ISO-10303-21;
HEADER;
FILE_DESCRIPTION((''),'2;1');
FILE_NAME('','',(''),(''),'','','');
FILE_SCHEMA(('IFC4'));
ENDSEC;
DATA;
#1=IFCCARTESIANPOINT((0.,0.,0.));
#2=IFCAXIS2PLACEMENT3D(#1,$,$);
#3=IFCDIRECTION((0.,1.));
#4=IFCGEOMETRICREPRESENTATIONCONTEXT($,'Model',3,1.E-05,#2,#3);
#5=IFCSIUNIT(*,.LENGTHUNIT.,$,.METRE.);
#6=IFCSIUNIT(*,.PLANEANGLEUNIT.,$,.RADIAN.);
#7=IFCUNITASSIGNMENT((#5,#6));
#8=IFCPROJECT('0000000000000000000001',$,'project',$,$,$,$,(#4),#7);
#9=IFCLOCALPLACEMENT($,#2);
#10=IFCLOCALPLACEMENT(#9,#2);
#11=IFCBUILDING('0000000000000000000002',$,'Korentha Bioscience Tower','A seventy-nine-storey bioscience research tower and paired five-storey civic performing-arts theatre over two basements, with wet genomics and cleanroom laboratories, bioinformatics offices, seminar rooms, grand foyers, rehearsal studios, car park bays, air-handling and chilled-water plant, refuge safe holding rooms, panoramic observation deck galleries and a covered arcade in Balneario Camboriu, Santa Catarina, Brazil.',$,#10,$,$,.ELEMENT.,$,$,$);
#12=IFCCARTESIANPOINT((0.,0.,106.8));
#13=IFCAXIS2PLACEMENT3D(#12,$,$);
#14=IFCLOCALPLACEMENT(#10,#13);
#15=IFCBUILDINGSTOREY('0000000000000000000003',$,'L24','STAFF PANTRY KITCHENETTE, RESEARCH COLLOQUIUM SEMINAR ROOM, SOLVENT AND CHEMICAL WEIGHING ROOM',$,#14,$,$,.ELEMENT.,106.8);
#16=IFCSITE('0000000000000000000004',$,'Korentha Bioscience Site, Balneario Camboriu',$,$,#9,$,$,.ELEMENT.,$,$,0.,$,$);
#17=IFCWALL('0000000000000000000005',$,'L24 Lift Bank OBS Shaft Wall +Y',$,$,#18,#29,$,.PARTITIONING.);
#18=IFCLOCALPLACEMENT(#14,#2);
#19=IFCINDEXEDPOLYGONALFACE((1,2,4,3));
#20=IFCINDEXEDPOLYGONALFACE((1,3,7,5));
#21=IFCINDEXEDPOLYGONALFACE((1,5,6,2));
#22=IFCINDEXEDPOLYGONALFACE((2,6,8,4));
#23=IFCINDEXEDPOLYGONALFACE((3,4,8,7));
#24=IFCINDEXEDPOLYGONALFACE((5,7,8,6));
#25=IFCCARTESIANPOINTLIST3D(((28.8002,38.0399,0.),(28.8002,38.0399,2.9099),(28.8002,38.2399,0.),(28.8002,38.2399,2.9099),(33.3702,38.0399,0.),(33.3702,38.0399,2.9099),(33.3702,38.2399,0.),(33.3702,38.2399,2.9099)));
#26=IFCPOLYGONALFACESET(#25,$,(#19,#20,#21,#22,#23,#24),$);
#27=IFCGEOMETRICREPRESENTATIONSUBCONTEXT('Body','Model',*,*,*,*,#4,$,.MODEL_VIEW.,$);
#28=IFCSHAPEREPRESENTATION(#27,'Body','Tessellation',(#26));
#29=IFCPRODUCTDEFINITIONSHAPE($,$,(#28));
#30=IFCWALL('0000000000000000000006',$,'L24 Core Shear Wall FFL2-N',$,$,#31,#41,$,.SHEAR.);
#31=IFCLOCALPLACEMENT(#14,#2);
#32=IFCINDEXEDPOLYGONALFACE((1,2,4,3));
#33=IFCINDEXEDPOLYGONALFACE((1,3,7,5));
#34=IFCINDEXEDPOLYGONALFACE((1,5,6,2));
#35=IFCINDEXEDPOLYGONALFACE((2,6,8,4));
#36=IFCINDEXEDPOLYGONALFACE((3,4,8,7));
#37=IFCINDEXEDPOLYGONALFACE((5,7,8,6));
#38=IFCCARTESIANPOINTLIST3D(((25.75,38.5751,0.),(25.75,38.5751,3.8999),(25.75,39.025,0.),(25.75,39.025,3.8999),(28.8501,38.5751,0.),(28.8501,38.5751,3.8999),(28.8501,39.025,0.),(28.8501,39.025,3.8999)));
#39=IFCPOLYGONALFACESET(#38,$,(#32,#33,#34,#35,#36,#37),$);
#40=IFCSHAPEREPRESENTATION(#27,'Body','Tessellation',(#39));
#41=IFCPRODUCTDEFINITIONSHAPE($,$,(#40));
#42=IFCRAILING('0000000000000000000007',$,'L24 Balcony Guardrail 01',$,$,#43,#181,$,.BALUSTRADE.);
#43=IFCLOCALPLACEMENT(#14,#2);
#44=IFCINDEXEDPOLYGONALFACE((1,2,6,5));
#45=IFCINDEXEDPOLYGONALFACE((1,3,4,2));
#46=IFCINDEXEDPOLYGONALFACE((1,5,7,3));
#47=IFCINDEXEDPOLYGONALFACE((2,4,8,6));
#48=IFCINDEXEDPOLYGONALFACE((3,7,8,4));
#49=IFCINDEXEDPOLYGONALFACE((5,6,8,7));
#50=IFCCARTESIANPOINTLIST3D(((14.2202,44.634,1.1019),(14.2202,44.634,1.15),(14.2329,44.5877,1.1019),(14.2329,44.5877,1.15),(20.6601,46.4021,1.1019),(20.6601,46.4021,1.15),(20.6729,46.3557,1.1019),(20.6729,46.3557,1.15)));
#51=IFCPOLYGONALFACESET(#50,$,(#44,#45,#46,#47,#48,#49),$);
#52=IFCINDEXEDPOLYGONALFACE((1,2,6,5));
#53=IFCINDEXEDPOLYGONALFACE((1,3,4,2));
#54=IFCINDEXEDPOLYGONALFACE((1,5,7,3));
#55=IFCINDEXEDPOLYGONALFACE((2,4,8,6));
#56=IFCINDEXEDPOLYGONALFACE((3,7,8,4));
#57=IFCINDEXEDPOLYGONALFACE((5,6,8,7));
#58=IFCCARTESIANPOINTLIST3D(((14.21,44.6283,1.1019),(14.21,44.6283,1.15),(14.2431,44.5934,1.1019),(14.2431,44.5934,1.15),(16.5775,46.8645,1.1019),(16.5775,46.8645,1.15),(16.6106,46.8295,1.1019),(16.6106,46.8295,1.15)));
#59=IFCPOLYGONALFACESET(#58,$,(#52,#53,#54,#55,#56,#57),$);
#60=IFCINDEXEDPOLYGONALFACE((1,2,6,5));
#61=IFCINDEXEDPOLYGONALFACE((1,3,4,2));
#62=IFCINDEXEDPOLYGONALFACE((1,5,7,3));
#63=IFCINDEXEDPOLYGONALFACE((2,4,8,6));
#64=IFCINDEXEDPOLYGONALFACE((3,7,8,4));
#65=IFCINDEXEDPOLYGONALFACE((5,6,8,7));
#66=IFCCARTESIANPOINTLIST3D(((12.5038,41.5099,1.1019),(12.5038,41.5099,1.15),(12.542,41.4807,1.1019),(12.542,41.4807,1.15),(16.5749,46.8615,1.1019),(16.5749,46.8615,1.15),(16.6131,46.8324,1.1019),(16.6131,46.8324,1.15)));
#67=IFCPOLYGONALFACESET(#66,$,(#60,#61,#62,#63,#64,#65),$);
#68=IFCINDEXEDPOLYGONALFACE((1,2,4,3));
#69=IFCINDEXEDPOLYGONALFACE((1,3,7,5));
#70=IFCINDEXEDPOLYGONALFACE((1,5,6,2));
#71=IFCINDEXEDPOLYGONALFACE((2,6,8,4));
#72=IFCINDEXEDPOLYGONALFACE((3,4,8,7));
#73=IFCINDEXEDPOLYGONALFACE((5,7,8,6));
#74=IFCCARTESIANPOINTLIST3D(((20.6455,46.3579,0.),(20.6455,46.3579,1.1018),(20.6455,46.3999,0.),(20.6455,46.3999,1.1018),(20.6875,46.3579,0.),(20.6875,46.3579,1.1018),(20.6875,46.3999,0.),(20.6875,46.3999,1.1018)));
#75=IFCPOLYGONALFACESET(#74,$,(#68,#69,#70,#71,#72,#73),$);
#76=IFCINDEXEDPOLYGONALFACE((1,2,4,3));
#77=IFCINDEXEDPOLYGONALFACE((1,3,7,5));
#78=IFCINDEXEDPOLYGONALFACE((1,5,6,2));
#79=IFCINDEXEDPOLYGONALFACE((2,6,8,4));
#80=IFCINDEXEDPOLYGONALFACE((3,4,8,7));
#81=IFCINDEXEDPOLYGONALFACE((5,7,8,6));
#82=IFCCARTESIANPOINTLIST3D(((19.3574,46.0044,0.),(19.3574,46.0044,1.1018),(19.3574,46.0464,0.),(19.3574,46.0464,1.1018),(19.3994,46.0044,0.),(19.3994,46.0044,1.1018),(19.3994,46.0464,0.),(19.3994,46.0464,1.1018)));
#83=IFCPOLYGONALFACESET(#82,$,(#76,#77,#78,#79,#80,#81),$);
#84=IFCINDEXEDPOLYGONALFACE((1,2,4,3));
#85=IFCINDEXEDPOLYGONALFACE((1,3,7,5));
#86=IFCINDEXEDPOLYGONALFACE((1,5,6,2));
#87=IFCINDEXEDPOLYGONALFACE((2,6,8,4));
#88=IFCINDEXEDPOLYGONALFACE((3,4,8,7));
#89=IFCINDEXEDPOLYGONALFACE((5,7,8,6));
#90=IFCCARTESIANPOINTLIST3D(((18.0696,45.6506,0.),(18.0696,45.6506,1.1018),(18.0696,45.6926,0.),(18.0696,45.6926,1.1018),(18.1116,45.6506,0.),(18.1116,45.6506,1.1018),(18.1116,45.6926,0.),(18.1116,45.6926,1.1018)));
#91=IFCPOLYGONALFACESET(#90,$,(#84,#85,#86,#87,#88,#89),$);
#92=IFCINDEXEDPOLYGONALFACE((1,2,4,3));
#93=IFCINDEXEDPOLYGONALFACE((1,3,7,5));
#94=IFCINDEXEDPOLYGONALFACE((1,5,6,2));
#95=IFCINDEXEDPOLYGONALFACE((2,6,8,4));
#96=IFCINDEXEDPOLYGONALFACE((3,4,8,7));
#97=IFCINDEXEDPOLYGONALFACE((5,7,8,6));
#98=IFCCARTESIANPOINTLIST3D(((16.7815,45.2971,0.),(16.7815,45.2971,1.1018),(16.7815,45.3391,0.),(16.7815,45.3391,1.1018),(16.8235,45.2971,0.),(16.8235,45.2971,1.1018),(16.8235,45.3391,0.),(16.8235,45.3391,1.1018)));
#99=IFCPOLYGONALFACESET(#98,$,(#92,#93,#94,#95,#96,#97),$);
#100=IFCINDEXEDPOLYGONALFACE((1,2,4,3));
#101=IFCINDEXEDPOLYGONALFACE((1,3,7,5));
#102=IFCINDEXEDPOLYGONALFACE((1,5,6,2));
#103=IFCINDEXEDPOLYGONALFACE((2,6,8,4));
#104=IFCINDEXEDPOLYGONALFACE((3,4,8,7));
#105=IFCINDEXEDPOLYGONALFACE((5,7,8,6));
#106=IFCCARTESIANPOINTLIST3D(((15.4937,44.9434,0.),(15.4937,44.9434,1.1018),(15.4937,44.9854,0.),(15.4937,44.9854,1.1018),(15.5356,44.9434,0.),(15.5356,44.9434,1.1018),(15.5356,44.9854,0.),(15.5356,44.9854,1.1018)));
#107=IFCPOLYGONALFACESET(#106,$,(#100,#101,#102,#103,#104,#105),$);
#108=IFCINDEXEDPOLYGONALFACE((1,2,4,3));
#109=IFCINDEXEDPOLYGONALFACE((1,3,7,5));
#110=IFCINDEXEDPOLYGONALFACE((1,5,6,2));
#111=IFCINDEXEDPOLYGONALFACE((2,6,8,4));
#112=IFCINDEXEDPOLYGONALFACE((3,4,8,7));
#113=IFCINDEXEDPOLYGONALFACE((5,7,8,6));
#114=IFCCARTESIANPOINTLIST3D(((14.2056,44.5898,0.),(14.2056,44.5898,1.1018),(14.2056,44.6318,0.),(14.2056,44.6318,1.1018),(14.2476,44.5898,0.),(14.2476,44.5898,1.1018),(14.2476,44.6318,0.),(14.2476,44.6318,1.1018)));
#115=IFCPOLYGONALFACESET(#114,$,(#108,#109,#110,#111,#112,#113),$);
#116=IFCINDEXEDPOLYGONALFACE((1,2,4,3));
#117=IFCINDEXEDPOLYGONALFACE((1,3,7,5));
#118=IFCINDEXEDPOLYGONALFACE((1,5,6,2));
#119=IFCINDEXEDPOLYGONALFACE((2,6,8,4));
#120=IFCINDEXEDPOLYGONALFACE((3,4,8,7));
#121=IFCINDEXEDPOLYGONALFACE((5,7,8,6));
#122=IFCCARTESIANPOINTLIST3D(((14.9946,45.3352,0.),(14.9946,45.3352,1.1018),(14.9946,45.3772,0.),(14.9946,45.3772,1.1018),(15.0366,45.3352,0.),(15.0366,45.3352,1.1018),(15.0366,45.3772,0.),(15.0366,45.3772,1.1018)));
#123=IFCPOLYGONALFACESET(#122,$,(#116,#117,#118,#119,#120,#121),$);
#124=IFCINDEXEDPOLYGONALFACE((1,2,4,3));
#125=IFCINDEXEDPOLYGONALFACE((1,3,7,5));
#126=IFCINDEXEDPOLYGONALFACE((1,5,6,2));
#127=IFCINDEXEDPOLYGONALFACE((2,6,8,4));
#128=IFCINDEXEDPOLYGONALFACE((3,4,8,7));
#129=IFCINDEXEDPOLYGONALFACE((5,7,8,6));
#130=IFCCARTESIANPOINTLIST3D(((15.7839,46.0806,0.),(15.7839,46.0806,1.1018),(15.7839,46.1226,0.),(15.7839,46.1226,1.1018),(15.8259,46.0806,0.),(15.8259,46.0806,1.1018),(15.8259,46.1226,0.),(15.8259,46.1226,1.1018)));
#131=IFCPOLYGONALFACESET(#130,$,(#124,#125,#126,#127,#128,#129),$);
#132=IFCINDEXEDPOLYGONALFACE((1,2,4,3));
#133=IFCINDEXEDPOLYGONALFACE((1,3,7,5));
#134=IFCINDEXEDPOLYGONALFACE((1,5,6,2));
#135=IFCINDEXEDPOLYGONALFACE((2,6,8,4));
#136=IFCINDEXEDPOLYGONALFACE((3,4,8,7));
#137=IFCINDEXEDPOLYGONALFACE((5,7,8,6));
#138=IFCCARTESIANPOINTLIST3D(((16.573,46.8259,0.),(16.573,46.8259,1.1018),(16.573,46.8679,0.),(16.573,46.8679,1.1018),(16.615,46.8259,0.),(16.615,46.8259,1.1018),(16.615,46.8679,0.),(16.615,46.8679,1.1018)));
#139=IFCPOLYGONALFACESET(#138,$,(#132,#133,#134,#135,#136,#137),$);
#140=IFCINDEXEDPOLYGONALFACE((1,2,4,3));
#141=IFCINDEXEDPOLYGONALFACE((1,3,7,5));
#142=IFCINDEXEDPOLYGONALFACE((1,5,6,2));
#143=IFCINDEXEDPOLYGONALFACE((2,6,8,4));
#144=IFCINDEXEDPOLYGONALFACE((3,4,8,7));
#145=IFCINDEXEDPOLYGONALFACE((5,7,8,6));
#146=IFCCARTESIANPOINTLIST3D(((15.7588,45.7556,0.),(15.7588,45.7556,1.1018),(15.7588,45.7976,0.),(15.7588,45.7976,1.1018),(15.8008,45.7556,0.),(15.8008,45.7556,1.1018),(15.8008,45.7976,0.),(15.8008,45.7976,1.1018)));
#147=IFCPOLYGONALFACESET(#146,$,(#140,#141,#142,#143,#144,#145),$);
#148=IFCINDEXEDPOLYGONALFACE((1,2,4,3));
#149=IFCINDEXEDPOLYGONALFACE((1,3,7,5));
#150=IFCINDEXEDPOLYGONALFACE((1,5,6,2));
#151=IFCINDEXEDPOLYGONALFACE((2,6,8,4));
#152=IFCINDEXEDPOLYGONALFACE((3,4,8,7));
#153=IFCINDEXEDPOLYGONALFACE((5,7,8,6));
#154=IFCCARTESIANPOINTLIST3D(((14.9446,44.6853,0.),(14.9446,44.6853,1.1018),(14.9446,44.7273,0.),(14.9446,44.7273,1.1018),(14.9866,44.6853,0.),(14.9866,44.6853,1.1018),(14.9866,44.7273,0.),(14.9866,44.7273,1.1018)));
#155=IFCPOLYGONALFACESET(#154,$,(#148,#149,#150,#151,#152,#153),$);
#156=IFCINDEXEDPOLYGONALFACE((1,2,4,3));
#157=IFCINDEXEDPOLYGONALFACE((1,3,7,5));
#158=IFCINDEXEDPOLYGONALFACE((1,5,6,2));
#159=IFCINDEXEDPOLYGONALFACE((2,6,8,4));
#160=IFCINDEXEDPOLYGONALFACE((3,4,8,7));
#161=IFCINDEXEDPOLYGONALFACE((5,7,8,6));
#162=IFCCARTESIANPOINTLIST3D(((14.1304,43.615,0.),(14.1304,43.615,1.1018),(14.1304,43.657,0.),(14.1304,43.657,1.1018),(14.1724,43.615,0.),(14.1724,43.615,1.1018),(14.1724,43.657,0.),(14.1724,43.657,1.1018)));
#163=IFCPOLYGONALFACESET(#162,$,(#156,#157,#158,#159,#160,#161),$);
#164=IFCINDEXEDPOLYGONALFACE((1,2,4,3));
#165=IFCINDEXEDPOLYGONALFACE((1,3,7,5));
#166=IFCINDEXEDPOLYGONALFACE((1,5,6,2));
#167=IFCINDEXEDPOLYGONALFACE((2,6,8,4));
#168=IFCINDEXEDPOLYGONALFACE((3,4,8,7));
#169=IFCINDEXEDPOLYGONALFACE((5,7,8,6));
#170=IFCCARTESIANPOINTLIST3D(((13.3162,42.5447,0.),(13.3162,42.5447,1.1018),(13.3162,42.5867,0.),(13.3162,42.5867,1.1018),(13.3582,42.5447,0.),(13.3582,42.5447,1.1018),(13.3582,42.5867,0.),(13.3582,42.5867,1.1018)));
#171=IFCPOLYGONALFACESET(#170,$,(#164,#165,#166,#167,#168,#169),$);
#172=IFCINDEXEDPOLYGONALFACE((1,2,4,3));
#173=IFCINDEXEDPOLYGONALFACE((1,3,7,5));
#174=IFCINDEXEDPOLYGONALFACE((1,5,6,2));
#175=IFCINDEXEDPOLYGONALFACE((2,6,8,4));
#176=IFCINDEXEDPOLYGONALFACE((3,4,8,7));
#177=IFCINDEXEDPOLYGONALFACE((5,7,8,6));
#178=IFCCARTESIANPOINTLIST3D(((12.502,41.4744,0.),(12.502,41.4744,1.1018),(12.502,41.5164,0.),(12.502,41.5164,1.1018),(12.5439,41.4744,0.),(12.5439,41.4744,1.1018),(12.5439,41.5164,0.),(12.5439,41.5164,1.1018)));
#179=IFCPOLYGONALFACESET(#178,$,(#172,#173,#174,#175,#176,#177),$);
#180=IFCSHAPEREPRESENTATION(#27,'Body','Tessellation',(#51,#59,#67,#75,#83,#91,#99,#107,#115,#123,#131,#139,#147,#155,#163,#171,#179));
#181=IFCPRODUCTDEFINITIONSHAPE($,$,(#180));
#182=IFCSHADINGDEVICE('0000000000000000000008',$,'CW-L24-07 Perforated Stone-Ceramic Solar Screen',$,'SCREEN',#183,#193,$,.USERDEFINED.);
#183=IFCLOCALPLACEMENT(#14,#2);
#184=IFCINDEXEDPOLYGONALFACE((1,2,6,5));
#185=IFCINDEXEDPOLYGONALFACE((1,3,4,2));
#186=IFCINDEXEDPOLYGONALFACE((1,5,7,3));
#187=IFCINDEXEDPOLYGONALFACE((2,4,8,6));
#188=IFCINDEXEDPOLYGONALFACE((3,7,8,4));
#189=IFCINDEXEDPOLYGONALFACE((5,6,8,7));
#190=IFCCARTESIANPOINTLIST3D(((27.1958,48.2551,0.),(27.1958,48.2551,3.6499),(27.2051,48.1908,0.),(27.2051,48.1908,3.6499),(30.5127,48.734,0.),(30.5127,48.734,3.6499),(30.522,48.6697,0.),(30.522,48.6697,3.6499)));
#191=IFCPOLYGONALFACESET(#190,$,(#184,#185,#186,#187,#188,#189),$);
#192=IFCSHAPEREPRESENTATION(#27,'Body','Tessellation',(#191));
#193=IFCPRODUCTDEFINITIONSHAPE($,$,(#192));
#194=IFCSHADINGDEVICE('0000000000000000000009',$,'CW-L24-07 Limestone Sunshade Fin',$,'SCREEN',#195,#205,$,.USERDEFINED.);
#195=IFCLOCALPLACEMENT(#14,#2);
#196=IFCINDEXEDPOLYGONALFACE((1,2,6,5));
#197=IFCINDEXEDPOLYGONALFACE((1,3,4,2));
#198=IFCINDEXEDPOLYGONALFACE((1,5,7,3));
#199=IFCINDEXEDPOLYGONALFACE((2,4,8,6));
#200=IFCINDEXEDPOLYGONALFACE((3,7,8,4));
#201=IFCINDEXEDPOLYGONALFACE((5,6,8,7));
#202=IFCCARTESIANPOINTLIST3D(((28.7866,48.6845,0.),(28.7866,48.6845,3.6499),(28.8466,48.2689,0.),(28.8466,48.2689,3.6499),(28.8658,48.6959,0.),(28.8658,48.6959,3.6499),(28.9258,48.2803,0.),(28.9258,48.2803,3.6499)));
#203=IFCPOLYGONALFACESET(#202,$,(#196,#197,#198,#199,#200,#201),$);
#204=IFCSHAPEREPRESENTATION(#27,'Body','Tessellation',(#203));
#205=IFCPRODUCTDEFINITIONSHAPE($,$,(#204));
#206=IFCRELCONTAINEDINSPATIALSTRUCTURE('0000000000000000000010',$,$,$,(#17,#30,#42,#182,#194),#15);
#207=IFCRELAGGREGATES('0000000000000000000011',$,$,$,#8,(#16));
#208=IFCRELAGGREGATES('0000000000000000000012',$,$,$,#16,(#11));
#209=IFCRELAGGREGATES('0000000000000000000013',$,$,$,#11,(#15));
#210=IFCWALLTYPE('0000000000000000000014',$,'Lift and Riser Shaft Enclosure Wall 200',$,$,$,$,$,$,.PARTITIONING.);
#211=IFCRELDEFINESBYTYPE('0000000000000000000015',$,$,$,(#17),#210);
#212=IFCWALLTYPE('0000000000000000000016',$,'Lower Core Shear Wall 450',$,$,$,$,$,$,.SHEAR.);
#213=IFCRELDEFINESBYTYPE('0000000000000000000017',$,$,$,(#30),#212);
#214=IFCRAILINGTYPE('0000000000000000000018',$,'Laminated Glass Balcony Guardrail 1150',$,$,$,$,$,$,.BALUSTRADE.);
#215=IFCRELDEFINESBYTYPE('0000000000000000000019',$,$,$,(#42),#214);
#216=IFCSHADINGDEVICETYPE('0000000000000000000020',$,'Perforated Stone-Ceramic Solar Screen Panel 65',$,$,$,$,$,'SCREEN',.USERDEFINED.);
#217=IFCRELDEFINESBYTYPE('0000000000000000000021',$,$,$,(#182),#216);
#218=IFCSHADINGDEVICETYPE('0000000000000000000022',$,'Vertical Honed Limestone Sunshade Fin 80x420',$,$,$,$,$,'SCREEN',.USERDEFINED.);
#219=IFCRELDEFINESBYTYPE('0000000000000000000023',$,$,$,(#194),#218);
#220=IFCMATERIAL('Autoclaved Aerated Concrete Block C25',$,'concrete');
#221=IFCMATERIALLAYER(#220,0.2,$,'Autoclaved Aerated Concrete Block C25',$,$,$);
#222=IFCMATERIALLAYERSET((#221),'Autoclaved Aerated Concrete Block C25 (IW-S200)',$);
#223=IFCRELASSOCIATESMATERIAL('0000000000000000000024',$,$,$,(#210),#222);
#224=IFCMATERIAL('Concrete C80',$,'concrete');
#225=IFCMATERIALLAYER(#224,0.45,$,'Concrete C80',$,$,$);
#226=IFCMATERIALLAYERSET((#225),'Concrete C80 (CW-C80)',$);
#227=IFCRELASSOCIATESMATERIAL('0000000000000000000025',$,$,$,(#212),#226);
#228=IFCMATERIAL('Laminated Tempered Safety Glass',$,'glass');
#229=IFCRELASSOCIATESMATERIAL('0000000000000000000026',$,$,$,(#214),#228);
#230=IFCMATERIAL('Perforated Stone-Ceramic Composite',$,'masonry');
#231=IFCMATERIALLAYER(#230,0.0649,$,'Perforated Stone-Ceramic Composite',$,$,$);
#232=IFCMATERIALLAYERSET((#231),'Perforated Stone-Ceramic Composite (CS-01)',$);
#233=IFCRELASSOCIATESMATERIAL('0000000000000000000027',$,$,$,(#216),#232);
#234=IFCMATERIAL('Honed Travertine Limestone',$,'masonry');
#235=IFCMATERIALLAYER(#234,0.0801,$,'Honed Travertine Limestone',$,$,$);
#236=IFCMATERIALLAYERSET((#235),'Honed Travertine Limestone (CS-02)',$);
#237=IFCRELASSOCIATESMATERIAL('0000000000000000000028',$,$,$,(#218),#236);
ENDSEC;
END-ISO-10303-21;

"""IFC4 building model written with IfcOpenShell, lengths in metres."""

from ifc_helpers import new_model, si_unit, direction, frame, frame_2d, origin, origin_2d, place, context, subcontext, project, spatial, rectangle, extrude, material, layer, layer_set, type_object, element, save


model = new_model("IFC4")

# Units and contexts
model_context = context("Model", 3, precision=1e-05, world=origin(), true_north=direction((0.0, 1.0)))
body_context = subcontext(model_context, "Body", "Model", "MODEL_VIEW")
ifc_project = project(units=[si_unit("LENGTHUNIT", "METRE"), si_unit("PLANEANGLEUNIT", "RADIAN")], contexts=[model_context])

# Site, building, storey
site_placement = place(None, origin())
site = spatial("IfcSite", under=ifc_project, at=site_placement, Name="Korentha Bioscience Site, Balneario Camboriu", CompositionType="ELEMENT", RefElevation=0.0)
building_placement = place(site_placement, origin())
building = spatial("IfcBuilding", under=site, at=building_placement, Name="Korentha Bioscience Tower", Description="A seventy-nine-storey bioscience research tower and paired five-storey civic performing-arts theatre over two basements, with wet genomics and cleanroom laboratories, bioinformatics offices, seminar rooms, grand foyers, rehearsal studios, car park bays, air-handling and chilled-water plant, refuge safe holding rooms, panoramic observation deck galleries and a covered arcade in Balneario Camboriu, Santa Catarina, Brazil.", CompositionType="ELEMENT")
storey_placement = place(building_placement, frame((0.0, 0.0, 106.8)))
storey = spatial("IfcBuildingStorey", under=building, at=storey_placement, Name="L24", Description="STAFF PANTRY KITCHENETTE, RESEARCH COLLOQUIUM SEMINAR ROOM, SOLVENT AND CHEMICAL WEIGHING ROOM", CompositionType="ELEMENT", Elevation=106.8)

# Shared definitions
ifc_material_1 = material(Name="Concrete C80", Category="concrete")

# Walls
ifc_material_2 = material(Name="Autoclaved Aerated Concrete Block C25", Category="concrete")
ifc_layer_1 = layer(ifc_material_2, 0.2, Name="Autoclaved Aerated Concrete Block C25")
ifc_layer_set_1 = layer_set([ifc_layer_1], Name="Autoclaved Aerated Concrete Block C25 (IW-S200)")
wall_type_1 = type_object("IfcWallType", Name="Lift and Riser Shaft Enclosure Wall 200", PredefinedType="PARTITIONING", material=ifc_layer_set_1)
wall_1_placement = place(storey_placement, frame((28.8, 38.1399, 0.0), z_axis=(0.0, 0.0, 1.0), x_axis=(1.0, 0.0, 0.0)))
element("IfcWall", 1, at=wall_1_placement, inside=storey, type_object=wall_type_1, Name="L24 Lift Bank OBS Shaft Wall +Y", PredefinedType="PARTITIONING", context=body_context, shape_type="SweptSolid", body=[
    extrude(rectangle(XDim=4.5701, YDim=0.2, at=frame_2d((2.2852, 0.0))), origin(), (0.0, 0.0, 1.0), 2.9099),
])
ifc_layer_2 = layer(ifc_material_1, 0.45, Name="Concrete C80")
ifc_layer_set_2 = layer_set([ifc_layer_2], Name="Concrete C80 (CW-C80)")
wall_type_2 = type_object("IfcWallType", Name="Lower Core Shear Wall 450", PredefinedType="SHEAR", material=ifc_layer_set_2)
wall_2_placement = place(storey_placement, frame((25.75, 38.8, 0.0), z_axis=(0.0, 0.0, 1.0), x_axis=(1.0, 0.0, 0.0)))
element("IfcWall", 2, at=wall_2_placement, inside=storey, type_object=wall_type_2, Name="L24 Core Shear Wall FFL2-N", PredefinedType="SHEAR", context=body_context, shape_type="SweptSolid", body=[
    extrude(rectangle(XDim=3.1001, YDim=0.45, at=frame_2d((1.55, 0.0))), origin(), (0.0, 0.0, 1.0), 3.8999),
])

# Railing
ifc_material_3 = material(Name="Laminated Tempered Safety Glass", Category="glass")
railing_type = type_object("IfcRailingType", Name="Laminated Glass Balcony Guardrail 1150", PredefinedType="BALUSTRADE", material=ifc_material_3)
railing_placement = place(storey_placement, frame((20.6665, 46.3789, 0.0)))
element("IfcRailing", 3, at=railing_placement, inside=storey, type_object=railing_type, Name="L24 Balcony Guardrail 01", PredefinedType="BALUSTRADE", context=body_context, shape_type="SweptSolid", body=[
    extrude(rectangle(XDim=0.0481, YDim=0.0481, at=origin_2d()), frame((0.0, 0.0, 1.126), z_axis=(-0.964317, -0.26475, 0.0), x_axis=(0.26475, -0.964317, 0.0)), (0.0, 0.0, 1.0), 6.6782),
    extrude(rectangle(XDim=0.0481, YDim=0.0481, at=origin_2d()), frame((-6.4399, -1.7681, 1.126), z_axis=(0.726986, 0.686652, 0.0), x_axis=(-0.686652, 0.726986, 0.0)), (0.0, 0.0, 1.0), 3.2566),
    extrude(rectangle(XDim=0.0481, YDim=0.0481, at=origin_2d()), frame((-4.0725, 0.468, 1.126), z_axis=(-0.605447, -0.795886, 0.0), x_axis=(0.795886, -0.605447, 0.0)), (0.0, 0.0, 1.0), 6.7241),
    extrude(rectangle(XDim=0.042, YDim=0.042, at=origin_2d()), origin(), (0.0, 0.0, 1.0), 1.1018),
    extrude(rectangle(XDim=0.042, YDim=0.042, at=origin_2d()), frame((-1.2881, -0.3535, 0.0)), (0.0, 0.0, 1.0), 1.1018),
    extrude(rectangle(XDim=0.042, YDim=0.042, at=origin_2d()), frame((-2.5759, -0.7073, 0.0)), (0.0, 0.0, 1.0), 1.1018),
    extrude(rectangle(XDim=0.042, YDim=0.042, at=origin_2d()), frame((-3.864, -1.0608, 0.0)), (0.0, 0.0, 1.0), 1.1018),
    extrude(rectangle(XDim=0.042, YDim=0.042, at=origin_2d()), frame((-5.1519, -1.4146, 0.0)), (0.0, 0.0, 1.0), 1.1018),
    extrude(rectangle(XDim=0.042, YDim=0.042, at=origin_2d()), frame((-6.4399, -1.7681, 0.0)), (0.0, 0.0, 1.0), 1.1018),
    extrude(rectangle(XDim=0.042, YDim=0.042, at=origin_2d()), frame((-5.6509, -1.0227, 0.0)), (0.0, 0.0, 1.0), 1.1018),
    extrude(rectangle(XDim=0.042, YDim=0.042, at=origin_2d()), frame((-4.8616, -0.2773, 0.0)), (0.0, 0.0, 1.0), 1.1018),
    extrude(rectangle(XDim=0.042, YDim=0.042, at=origin_2d()), frame((-4.0725, 0.468, 0.0)), (0.0, 0.0, 1.0), 1.1018),
    extrude(rectangle(XDim=0.042, YDim=0.042, at=origin_2d()), frame((-4.8867, -0.6023, 0.0)), (0.0, 0.0, 1.0), 1.1018),
    extrude(rectangle(XDim=0.042, YDim=0.042, at=origin_2d()), frame((-5.7009, -1.6726, 0.0)), (0.0, 0.0, 1.0), 1.1018),
    extrude(rectangle(XDim=0.042, YDim=0.042, at=origin_2d()), frame((-6.5151, -2.7429, 0.0)), (0.0, 0.0, 1.0), 1.1018),
    extrude(rectangle(XDim=0.042, YDim=0.042, at=origin_2d()), frame((-7.3293, -3.8132, 0.0)), (0.0, 0.0, 1.0), 1.1018),
    extrude(rectangle(XDim=0.042, YDim=0.042, at=origin_2d()), frame((-8.1436, -4.8835, 0.0)), (0.0, 0.0, 1.0), 1.1018),
])

# Shading devices
ifc_material_4 = material(Name="Perforated Stone-Ceramic Composite", Category="masonry")
ifc_layer_3 = layer(ifc_material_4, 0.0649, Name="Perforated Stone-Ceramic Composite")
ifc_layer_set_3 = layer_set([ifc_layer_3], Name="Perforated Stone-Ceramic Composite (CS-01)")
shading_device_type_1 = type_object("IfcShadingDeviceType", Name="Perforated Stone-Ceramic Solar Screen Panel 65", ElementType="SCREEN", PredefinedType="USERDEFINED", material=ifc_layer_set_3)
shading_device_1_placement = place(storey_placement, frame((28.8589, 48.4624, 0.0), z_axis=(0.0, 0.0, 1.0), x_axis=(-0.989738, -0.142892, 0.0)))
element("IfcShadingDevice", 4, at=shading_device_1_placement, inside=storey, type_object=shading_device_type_1, Name="CW-L24-07 Perforated Stone-Ceramic Solar Screen", ObjectType="SCREEN", PredefinedType="USERDEFINED", context=body_context, shape_type="SweptSolid", body=[
    extrude(rectangle(XDim=3.3513, YDim=0.0649, at=origin_2d()), origin(), (0.0, 0.0, 1.0), 3.6499),
])
ifc_material_5 = material(Name="Honed Travertine Limestone", Category="masonry")
ifc_layer_4 = layer(ifc_material_5, 0.0801, Name="Honed Travertine Limestone")
ifc_layer_set_4 = layer_set([ifc_layer_4], Name="Honed Travertine Limestone (CS-02)")
shading_device_type_2 = type_object("IfcShadingDeviceType", Name="Vertical Honed Limestone Sunshade Fin 80x420", ElementType="SCREEN", PredefinedType="USERDEFINED", material=ifc_layer_set_4)
shading_device_2_placement = place(storey_placement, frame((28.8562, 48.4824, 0.0), z_axis=(0.0, 0.0, 1.0), x_axis=(-0.989738, -0.142892, 0.0)))
element("IfcShadingDevice", 5, at=shading_device_2_placement, inside=storey, type_object=shading_device_type_2, Name="CW-L24-07 Limestone Sunshade Fin", ObjectType="SCREEN", PredefinedType="USERDEFINED", context=body_context, shape_type="SweptSolid", body=[
    extrude(rectangle(XDim=0.0801, YDim=0.4199, at=origin_2d()), origin(), (0.0, 0.0, 1.0), 3.6499),
])

save(model, "model.ifc")
